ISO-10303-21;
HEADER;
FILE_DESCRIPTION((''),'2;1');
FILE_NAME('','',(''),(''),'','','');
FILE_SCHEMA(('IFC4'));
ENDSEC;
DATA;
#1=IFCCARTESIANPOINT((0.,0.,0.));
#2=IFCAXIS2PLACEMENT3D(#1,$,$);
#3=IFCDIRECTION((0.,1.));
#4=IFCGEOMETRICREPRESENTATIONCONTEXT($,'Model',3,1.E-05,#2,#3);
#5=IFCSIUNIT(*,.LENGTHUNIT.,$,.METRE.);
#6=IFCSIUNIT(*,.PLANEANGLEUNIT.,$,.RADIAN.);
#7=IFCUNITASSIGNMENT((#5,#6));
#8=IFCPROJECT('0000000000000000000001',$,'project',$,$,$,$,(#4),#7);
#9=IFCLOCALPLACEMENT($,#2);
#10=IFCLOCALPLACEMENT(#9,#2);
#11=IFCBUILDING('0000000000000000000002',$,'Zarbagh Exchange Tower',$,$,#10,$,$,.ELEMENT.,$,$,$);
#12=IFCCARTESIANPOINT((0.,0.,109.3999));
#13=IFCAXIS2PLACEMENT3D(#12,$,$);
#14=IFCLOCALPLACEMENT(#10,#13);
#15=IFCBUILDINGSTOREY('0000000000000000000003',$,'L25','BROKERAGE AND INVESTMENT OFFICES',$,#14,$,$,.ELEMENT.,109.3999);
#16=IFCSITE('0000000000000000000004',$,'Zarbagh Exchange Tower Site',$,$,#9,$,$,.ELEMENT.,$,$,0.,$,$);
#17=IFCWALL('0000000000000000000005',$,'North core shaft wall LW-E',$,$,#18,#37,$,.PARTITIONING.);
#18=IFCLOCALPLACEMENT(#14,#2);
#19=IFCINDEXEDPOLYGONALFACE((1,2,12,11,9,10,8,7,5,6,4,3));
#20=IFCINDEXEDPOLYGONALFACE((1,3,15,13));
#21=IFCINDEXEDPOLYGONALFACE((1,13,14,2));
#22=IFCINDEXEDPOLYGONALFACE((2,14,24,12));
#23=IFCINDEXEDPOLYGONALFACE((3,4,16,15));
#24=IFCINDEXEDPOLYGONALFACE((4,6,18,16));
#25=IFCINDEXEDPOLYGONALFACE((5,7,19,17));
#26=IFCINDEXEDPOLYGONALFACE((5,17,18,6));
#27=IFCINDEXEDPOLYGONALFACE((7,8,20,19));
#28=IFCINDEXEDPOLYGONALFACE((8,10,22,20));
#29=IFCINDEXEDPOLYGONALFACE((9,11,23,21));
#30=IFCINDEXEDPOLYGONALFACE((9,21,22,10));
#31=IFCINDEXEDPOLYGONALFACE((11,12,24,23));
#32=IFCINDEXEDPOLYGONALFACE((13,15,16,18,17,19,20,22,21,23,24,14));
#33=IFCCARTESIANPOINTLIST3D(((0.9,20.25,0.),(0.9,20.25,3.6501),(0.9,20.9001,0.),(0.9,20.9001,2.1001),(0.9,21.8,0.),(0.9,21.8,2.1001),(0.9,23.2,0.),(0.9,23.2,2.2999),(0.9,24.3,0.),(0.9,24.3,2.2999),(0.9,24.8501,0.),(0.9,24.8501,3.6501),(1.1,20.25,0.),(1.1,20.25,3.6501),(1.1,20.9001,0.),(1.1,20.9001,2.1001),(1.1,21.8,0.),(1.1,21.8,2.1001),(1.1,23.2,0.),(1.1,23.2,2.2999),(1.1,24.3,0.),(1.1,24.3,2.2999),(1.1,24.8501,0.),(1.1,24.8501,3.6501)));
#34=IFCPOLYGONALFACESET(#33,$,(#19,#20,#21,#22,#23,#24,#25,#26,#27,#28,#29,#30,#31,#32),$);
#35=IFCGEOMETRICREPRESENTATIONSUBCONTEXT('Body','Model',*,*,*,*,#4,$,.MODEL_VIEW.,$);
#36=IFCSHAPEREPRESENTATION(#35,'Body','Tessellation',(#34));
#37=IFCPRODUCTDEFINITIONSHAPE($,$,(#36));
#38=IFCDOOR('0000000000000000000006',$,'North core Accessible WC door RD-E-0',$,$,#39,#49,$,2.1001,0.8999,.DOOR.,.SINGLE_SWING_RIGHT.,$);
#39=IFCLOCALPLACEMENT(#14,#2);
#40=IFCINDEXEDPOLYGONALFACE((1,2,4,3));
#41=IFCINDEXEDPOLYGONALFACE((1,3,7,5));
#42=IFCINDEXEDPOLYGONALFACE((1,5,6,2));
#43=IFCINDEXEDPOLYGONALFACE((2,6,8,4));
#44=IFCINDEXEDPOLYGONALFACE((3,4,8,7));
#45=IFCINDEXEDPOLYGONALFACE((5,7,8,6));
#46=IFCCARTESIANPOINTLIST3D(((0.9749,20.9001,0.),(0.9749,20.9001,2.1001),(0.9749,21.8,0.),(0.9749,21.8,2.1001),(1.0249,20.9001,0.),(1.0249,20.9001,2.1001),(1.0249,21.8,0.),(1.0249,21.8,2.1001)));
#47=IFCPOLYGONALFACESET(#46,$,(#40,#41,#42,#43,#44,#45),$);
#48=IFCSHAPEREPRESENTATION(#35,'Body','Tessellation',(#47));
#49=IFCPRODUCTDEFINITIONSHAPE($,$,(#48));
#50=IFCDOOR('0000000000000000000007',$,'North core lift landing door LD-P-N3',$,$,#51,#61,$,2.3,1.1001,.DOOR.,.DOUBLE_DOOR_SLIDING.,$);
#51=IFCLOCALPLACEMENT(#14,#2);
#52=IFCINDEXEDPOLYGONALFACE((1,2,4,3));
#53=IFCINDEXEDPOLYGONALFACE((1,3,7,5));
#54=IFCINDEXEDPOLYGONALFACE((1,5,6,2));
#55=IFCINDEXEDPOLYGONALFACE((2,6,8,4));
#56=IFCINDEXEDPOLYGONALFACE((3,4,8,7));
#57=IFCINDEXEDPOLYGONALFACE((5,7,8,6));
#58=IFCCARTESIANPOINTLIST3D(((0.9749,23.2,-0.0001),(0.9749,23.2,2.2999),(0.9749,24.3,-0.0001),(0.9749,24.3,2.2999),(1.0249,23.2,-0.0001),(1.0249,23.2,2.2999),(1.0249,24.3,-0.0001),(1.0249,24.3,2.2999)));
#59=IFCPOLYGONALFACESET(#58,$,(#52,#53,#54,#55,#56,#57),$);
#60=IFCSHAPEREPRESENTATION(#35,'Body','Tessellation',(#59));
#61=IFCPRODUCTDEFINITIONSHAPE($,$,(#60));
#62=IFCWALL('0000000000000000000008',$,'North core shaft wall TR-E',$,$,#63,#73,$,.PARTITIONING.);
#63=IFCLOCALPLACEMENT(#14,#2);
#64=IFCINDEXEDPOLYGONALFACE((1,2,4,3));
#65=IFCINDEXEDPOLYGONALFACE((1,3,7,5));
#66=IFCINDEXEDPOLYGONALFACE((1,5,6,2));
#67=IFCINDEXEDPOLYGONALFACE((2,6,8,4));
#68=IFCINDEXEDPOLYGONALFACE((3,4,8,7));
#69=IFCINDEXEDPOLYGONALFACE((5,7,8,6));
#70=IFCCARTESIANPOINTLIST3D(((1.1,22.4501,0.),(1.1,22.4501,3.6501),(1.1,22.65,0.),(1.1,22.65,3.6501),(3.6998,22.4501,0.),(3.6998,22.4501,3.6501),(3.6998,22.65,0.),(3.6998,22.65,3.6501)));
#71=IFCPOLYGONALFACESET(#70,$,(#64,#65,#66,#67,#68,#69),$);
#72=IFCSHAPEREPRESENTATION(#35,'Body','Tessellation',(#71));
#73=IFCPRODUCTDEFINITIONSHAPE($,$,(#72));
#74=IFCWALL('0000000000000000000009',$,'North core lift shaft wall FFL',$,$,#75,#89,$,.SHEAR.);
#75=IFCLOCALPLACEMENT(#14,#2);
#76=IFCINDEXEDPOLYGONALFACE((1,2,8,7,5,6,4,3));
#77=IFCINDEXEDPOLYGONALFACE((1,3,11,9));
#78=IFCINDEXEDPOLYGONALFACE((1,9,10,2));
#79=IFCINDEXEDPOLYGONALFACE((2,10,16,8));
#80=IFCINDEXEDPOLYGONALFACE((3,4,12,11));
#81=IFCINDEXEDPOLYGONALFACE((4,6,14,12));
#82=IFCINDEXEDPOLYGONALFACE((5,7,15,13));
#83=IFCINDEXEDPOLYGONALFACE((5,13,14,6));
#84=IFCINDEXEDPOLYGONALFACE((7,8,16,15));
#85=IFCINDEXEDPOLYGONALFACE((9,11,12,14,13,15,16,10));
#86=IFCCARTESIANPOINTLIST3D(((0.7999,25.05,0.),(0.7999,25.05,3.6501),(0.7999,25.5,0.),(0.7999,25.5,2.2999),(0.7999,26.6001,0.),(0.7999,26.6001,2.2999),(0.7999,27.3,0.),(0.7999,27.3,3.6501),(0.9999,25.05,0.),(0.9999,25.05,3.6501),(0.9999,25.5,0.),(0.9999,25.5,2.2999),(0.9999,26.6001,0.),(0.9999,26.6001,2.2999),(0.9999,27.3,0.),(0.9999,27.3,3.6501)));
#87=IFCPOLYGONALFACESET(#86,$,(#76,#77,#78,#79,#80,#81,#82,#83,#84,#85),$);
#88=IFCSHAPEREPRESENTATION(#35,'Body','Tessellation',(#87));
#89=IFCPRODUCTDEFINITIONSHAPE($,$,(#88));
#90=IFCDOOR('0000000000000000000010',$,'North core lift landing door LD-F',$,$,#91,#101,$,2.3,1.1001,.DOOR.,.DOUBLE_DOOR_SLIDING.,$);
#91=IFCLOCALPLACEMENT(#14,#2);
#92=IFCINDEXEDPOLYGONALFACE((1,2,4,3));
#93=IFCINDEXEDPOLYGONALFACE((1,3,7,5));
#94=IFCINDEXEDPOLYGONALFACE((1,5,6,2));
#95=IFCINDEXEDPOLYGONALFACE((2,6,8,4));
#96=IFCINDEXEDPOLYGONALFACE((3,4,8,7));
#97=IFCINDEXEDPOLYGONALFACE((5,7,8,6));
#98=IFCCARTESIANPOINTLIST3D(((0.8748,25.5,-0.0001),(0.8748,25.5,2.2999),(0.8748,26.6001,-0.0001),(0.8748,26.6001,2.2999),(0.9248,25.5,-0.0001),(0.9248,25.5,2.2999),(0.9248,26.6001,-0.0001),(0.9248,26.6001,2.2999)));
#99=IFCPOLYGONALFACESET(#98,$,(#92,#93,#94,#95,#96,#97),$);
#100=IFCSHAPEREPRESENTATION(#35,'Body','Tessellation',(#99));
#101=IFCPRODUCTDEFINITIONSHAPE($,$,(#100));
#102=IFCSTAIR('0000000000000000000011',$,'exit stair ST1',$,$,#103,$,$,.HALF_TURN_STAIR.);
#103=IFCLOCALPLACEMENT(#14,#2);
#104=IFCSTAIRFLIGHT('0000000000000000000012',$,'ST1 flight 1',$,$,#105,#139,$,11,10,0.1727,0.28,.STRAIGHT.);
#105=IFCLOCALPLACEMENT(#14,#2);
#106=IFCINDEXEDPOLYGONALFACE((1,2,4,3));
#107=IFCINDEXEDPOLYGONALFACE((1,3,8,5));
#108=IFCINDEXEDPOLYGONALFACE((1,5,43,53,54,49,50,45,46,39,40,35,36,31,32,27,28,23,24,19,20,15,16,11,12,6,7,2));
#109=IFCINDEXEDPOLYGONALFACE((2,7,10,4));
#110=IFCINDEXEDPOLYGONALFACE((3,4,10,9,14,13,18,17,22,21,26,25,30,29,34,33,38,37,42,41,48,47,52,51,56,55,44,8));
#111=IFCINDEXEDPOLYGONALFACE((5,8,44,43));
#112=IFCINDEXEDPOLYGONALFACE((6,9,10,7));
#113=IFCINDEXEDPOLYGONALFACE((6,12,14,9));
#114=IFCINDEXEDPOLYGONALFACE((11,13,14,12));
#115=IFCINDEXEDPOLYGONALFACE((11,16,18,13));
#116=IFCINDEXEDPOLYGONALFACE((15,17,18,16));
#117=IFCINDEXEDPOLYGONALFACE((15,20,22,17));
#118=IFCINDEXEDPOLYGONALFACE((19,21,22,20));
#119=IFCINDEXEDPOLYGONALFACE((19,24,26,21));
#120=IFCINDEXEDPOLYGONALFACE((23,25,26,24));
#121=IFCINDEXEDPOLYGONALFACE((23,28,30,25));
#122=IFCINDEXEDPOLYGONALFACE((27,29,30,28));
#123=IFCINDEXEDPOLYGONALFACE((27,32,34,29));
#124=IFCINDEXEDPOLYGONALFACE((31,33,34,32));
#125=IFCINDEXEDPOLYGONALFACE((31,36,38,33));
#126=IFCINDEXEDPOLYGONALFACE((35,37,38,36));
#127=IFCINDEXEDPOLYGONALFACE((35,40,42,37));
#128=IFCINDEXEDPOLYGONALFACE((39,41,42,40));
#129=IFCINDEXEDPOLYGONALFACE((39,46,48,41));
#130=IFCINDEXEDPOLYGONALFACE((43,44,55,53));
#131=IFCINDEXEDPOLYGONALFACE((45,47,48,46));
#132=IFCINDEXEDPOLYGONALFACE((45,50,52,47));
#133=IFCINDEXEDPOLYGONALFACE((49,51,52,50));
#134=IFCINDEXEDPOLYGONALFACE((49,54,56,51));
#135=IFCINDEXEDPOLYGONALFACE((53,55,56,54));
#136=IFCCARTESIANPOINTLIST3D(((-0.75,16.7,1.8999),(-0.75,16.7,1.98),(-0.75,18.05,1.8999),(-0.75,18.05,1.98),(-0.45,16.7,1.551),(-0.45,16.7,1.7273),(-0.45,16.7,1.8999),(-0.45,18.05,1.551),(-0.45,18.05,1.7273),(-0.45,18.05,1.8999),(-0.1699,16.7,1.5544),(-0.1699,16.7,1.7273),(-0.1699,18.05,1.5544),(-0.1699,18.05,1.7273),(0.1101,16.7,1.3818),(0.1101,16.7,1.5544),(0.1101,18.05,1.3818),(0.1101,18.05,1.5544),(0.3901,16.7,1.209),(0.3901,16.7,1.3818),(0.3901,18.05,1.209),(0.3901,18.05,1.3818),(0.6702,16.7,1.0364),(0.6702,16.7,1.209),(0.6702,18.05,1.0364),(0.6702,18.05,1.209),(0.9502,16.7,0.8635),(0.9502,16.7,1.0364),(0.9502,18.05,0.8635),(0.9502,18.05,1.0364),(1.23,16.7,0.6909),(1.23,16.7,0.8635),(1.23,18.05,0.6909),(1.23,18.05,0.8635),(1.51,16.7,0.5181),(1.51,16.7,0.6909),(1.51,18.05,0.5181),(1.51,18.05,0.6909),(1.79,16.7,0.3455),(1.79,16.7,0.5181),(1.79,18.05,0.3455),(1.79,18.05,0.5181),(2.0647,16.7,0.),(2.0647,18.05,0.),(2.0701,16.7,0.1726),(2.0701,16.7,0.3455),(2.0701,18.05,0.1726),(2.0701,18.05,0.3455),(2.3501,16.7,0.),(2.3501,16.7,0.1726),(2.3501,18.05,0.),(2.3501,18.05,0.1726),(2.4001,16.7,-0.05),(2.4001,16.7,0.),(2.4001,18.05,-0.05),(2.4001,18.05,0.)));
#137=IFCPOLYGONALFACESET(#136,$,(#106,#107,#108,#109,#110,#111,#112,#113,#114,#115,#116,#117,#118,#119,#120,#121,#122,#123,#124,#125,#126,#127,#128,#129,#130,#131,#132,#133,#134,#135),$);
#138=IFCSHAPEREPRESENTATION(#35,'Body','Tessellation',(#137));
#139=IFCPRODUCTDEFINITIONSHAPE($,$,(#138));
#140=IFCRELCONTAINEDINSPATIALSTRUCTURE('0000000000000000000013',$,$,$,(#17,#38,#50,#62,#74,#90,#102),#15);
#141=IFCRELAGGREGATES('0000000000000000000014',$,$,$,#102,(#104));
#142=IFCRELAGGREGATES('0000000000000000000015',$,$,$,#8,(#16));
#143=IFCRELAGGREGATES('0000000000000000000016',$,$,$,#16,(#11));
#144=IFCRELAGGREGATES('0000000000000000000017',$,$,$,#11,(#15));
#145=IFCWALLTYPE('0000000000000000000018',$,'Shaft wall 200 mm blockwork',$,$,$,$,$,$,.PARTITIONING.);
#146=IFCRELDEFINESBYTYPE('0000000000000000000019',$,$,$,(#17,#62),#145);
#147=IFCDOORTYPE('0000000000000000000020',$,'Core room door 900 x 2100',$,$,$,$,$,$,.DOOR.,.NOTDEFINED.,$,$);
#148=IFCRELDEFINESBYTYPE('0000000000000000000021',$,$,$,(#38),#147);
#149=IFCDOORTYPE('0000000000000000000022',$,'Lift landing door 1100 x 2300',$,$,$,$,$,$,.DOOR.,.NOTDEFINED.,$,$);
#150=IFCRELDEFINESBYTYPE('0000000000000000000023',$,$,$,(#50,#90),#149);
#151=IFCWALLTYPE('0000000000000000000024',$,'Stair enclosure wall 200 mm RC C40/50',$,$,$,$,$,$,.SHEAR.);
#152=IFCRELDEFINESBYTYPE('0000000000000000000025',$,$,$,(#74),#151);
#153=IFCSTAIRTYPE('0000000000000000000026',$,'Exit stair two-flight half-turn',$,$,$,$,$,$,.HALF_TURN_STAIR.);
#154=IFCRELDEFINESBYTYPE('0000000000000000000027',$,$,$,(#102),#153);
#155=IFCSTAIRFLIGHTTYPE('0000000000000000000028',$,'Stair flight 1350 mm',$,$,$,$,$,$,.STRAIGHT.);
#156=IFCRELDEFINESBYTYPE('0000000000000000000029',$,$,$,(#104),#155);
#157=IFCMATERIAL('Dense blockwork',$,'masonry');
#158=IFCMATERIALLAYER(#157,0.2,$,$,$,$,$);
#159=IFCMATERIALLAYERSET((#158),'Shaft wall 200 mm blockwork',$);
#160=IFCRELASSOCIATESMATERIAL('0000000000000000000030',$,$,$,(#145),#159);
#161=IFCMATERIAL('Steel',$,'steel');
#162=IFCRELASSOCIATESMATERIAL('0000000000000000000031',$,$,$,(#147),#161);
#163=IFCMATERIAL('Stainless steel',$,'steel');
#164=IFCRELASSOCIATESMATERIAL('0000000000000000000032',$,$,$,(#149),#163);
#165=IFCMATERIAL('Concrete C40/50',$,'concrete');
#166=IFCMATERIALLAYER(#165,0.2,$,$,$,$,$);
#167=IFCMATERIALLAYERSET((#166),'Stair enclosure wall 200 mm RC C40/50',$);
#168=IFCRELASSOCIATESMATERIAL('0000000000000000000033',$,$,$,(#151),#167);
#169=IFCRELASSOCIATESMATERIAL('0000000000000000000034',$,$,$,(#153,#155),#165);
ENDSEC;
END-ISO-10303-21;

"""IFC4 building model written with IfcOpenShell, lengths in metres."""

from ifc_helpers import new_model, si_unit, direction, frame, frame_2d, origin, place, context, subcontext, project, spatial, polyline, rectangle, outline, extrude, material, layer, layer_set, type_object, element, fill, aggregate, save


model = new_model("IFC4")

# Units and contexts
model_context = context("Model", 3, precision=1e-05, world=origin(), true_north=direction((0.0, 1.0)))
body_context = subcontext(model_context, "Body", "Model", "MODEL_VIEW")
ifc_project = project(units=[si_unit("LENGTHUNIT", "METRE"), si_unit("PLANEANGLEUNIT", "RADIAN")], contexts=[model_context])

# Site, building, storey
site_placement = place(None, origin())
site = spatial("IfcSite", under=ifc_project, at=site_placement, Name="Zarbagh Exchange Tower Site", CompositionType="ELEMENT", RefElevation=0.0)
building_placement = place(site_placement, origin())
building = spatial("IfcBuilding", under=site, at=building_placement, Name="Zarbagh Exchange Tower", CompositionType="ELEMENT")
storey_placement = place(building_placement, frame((0.0, 0.0, 109.3999)))
storey = spatial("IfcBuildingStorey", under=building, at=storey_placement, Name="L25", Description="BROKERAGE AND INVESTMENT OFFICES", CompositionType="ELEMENT", Elevation=109.3999)

# Shared definitions
ifc_material_1 = material(Name="Steel", Category="steel")

# Shared definitions
ifc_material_2 = material(Name="Dense blockwork", Category="masonry")
ifc_layer_1 = layer(ifc_material_2, 0.2)
ifc_layer_set_1 = layer_set([ifc_layer_1], Name="Shaft wall 200 mm blockwork")
wall_type_1 = type_object("IfcWallType", Name="Shaft wall 200 mm blockwork", PredefinedType="PARTITIONING", material=ifc_layer_set_1)

# Wall, openings, doors
wall_1_placement = place(storey_placement, frame((1.0, 24.8501, 0.0), z_axis=(0.0, 0.0, 1.0), x_axis=(0.0, -1.0, 0.0)))
wall_1 = element("IfcWall", 1, at=wall_1_placement, inside=storey, type_object=wall_type_1, Name="North core shaft wall LW-E", PredefinedType="PARTITIONING", context=body_context, shape_type="SweptSolid", body=[
    extrude(rectangle(XDim=4.6001, YDim=0.2, at=frame_2d((2.3, 0.0))), origin(), (0.0, 0.0, 1.0), 3.6501),
])
opening_1_placement = place(wall_1_placement, frame((0.55, 0.0, 0.0)))
opening_1 = element("IfcOpeningElement", 2, at=opening_1_placement, cuts=wall_1, PredefinedType="OPENING", context=body_context, shape_type="SweptSolid", body=[
    extrude(rectangle(XDim=1.1001, YDim=2.3, at=frame_2d((0.55, 1.1499))), frame((0.0, 0.1099, 0.0), z_axis=(0.0, -1.0, 0.0), x_axis=(1.0, 0.0, 0.0)), (0.0, 0.0, 1.0), 0.22),
])
opening_2_placement = place(wall_1_placement, frame((3.05, 0.0, 0.0)))
opening_2 = element("IfcOpeningElement", 3, at=opening_2_placement, cuts=wall_1, PredefinedType="OPENING", context=body_context, shape_type="SweptSolid", body=[
    extrude(rectangle(XDim=0.8999, YDim=2.1001, at=frame_2d((0.45, 1.05))), frame((0.0, 0.1099, 0.0), z_axis=(0.0, -1.0, 0.0), x_axis=(1.0, 0.0, 0.0)), (0.0, 0.0, 1.0), 0.22),
])
door_type_1 = type_object("IfcDoorType", Name="Core room door 900 x 2100", OperationType="NOTDEFINED", PredefinedType="DOOR", material=ifc_material_1)
door_1_placement = place(opening_2_placement, origin())
door_1 = element("IfcDoor", 4, at=door_1_placement, inside=storey, type_object=door_type_1, Name="North core Accessible WC door RD-E-0", OperationType="SINGLE_SWING_RIGHT", OverallHeight=2.1001, OverallWidth=0.8999, PredefinedType="DOOR", context=body_context, shape_type="SweptSolid", body=[
    extrude(rectangle(XDim=0.8999, YDim=2.1001, at=frame_2d((0.45, 1.05))), frame((0.0, 0.0249, 0.0), z_axis=(0.0, -1.0, 0.0), x_axis=(1.0, 0.0, 0.0)), (0.0, 0.0, 1.0), 0.05),
])
fill(opening_2, door_1)
ifc_material_3 = material(Name="Stainless steel", Category="steel")
door_type_2 = type_object("IfcDoorType", Name="Lift landing door 1100 x 2300", OperationType="NOTDEFINED", PredefinedType="DOOR", material=ifc_material_3)
door_2_placement = place(opening_1_placement, origin())
door_2 = element("IfcDoor", 5, at=door_2_placement, inside=storey, type_object=door_type_2, Name="North core lift landing door LD-P-N3", OperationType="DOUBLE_DOOR_SLIDING", OverallHeight=2.3, OverallWidth=1.1001, PredefinedType="DOOR", context=body_context, shape_type="SweptSolid", body=[
    extrude(rectangle(XDim=1.1001, YDim=2.3, at=frame_2d((0.55, 1.1499))), frame((0.0, 0.0249, 0.0), z_axis=(0.0, -1.0, 0.0), x_axis=(1.0, 0.0, 0.0)), (0.0, 0.0, 1.0), 0.05),
])
fill(opening_1, door_2)

# Wall
wall_2_placement = place(storey_placement, frame((1.1001, 22.55, 0.0), z_axis=(0.0, 0.0, 1.0), x_axis=(1.0, 0.0, 0.0)))
element("IfcWall", 6, at=wall_2_placement, inside=storey, type_object=wall_type_1, Name="North core shaft wall TR-E", PredefinedType="PARTITIONING", context=body_context, shape_type="SweptSolid", body=[
    extrude(rectangle(XDim=2.5999, YDim=0.2, at=frame_2d((1.2998, 0.0))), origin(), (0.0, 0.0, 1.0), 3.6501),
])

# Wall, opening, door
ifc_material_4 = material(Name="Concrete C40/50", Category="concrete")
ifc_layer_2 = layer(ifc_material_4, 0.2)
ifc_layer_set_2 = layer_set([ifc_layer_2], Name="Stair enclosure wall 200 mm RC C40/50")
wall_type_2 = type_object("IfcWallType", Name="Stair enclosure wall 200 mm RC C40/50", PredefinedType="SHEAR", material=ifc_layer_set_2)
wall_3_placement = place(storey_placement, frame((0.8999, 27.3, 0.0), z_axis=(0.0, 0.0, 1.0), x_axis=(0.0, -1.0, 0.0)))
wall_3 = element("IfcWall", 7, at=wall_3_placement, inside=storey, type_object=wall_type_2, Name="North core lift shaft wall FFL", PredefinedType="SHEAR", context=body_context, shape_type="SweptSolid", body=[
    extrude(rectangle(XDim=2.25, YDim=0.2, at=frame_2d((1.125, 0.0))), origin(), (0.0, 0.0, 1.0), 3.6501),
])
opening_3_placement = place(wall_3_placement, frame((0.7, 0.0, 0.0)))
opening_3 = element("IfcOpeningElement", 8, at=opening_3_placement, cuts=wall_3, PredefinedType="OPENING", context=body_context, shape_type="SweptSolid", body=[
    extrude(rectangle(XDim=1.1001, YDim=2.3, at=frame_2d((0.55, 1.1499))), frame((0.0, 0.1099, 0.0), z_axis=(0.0, -1.0, 0.0), x_axis=(1.0, 0.0, 0.0)), (0.0, 0.0, 1.0), 0.22),
])
door_3_placement = place(opening_3_placement, origin())
door_3 = element("IfcDoor", 9, at=door_3_placement, inside=storey, type_object=door_type_2, Name="North core lift landing door LD-F", OperationType="DOUBLE_DOOR_SLIDING", OverallHeight=2.3, OverallWidth=1.1001, PredefinedType="DOOR", context=body_context, shape_type="SweptSolid", body=[
    extrude(rectangle(XDim=1.1001, YDim=2.3, at=frame_2d((0.55, 1.1499))), frame((0.0, 0.0249, 0.0), z_axis=(0.0, -1.0, 0.0), x_axis=(1.0, 0.0, 0.0)), (0.0, 0.0, 1.0), 0.05),
])
fill(opening_3, door_3)

# Stair, stair flight
stair_type = type_object("IfcStairType", Name="Exit stair two-flight half-turn", PredefinedType="HALF_TURN_STAIR", material=ifc_material_4)
stair_placement = place(storey_placement, origin())
stair = element("IfcStair", 10, at=stair_placement, inside=storey, type_object=stair_type, Name="exit stair ST1", PredefinedType="HALF_TURN_STAIR")
stair_flight_type = type_object("IfcStairFlightType", Name="Stair flight 1350 mm", PredefinedType="STRAIGHT", material=ifc_material_4)
stair_flight_placement = place(storey_placement, frame((2.3501, 17.375, 0.0), z_axis=(0.0, 0.0, 1.0), x_axis=(-1.0, 0.0, 0.0)))
stair_flight = element("IfcStairFlight", 11, at=stair_flight_placement, type_object=stair_flight_type, Name="ST1 flight 1", NumberOfRisers=11, NumberOfTreads=10, PredefinedType="STRAIGHT", RiserHeight=0.1727, TreadLength=0.28, context=body_context, shape_type="SweptSolid", body=[
    extrude(outline(polyline([(-0.05, -0.05), (-0.05, 0.0), (0.0, 0.0), (0.0, 0.1726), (0.28, 0.1726), (0.28, 0.3455), (0.5601, 0.3455), (0.5601, 0.5181), (0.8401, 0.5181), (0.8401, 0.6909), (1.1201, 0.6909), (1.1201, 0.8635), (1.3999, 0.8635), (1.3999, 1.0364), (1.6799, 1.0364), (1.6799, 1.209), (1.96, 1.209), (1.96, 1.3818), (2.24, 1.3818), (2.24, 1.5544), (2.52, 1.5544), (2.52, 1.7273), (2.8, 1.7273), (2.8, 1.8999), (3.1001, 1.98), (3.1001, 1.8999), (2.8, 1.551), (0.2854, 0.0), (-0.05, -0.05)])), frame((0.0, 0.675, 0.0), z_axis=(0.0, -1.0, 0.0), x_axis=(1.0, 0.0, 0.0)), (0.0, 0.0, 1.0), 1.3501),
])
aggregate(stair, [stair_flight])

save(model, "model.ifc")
